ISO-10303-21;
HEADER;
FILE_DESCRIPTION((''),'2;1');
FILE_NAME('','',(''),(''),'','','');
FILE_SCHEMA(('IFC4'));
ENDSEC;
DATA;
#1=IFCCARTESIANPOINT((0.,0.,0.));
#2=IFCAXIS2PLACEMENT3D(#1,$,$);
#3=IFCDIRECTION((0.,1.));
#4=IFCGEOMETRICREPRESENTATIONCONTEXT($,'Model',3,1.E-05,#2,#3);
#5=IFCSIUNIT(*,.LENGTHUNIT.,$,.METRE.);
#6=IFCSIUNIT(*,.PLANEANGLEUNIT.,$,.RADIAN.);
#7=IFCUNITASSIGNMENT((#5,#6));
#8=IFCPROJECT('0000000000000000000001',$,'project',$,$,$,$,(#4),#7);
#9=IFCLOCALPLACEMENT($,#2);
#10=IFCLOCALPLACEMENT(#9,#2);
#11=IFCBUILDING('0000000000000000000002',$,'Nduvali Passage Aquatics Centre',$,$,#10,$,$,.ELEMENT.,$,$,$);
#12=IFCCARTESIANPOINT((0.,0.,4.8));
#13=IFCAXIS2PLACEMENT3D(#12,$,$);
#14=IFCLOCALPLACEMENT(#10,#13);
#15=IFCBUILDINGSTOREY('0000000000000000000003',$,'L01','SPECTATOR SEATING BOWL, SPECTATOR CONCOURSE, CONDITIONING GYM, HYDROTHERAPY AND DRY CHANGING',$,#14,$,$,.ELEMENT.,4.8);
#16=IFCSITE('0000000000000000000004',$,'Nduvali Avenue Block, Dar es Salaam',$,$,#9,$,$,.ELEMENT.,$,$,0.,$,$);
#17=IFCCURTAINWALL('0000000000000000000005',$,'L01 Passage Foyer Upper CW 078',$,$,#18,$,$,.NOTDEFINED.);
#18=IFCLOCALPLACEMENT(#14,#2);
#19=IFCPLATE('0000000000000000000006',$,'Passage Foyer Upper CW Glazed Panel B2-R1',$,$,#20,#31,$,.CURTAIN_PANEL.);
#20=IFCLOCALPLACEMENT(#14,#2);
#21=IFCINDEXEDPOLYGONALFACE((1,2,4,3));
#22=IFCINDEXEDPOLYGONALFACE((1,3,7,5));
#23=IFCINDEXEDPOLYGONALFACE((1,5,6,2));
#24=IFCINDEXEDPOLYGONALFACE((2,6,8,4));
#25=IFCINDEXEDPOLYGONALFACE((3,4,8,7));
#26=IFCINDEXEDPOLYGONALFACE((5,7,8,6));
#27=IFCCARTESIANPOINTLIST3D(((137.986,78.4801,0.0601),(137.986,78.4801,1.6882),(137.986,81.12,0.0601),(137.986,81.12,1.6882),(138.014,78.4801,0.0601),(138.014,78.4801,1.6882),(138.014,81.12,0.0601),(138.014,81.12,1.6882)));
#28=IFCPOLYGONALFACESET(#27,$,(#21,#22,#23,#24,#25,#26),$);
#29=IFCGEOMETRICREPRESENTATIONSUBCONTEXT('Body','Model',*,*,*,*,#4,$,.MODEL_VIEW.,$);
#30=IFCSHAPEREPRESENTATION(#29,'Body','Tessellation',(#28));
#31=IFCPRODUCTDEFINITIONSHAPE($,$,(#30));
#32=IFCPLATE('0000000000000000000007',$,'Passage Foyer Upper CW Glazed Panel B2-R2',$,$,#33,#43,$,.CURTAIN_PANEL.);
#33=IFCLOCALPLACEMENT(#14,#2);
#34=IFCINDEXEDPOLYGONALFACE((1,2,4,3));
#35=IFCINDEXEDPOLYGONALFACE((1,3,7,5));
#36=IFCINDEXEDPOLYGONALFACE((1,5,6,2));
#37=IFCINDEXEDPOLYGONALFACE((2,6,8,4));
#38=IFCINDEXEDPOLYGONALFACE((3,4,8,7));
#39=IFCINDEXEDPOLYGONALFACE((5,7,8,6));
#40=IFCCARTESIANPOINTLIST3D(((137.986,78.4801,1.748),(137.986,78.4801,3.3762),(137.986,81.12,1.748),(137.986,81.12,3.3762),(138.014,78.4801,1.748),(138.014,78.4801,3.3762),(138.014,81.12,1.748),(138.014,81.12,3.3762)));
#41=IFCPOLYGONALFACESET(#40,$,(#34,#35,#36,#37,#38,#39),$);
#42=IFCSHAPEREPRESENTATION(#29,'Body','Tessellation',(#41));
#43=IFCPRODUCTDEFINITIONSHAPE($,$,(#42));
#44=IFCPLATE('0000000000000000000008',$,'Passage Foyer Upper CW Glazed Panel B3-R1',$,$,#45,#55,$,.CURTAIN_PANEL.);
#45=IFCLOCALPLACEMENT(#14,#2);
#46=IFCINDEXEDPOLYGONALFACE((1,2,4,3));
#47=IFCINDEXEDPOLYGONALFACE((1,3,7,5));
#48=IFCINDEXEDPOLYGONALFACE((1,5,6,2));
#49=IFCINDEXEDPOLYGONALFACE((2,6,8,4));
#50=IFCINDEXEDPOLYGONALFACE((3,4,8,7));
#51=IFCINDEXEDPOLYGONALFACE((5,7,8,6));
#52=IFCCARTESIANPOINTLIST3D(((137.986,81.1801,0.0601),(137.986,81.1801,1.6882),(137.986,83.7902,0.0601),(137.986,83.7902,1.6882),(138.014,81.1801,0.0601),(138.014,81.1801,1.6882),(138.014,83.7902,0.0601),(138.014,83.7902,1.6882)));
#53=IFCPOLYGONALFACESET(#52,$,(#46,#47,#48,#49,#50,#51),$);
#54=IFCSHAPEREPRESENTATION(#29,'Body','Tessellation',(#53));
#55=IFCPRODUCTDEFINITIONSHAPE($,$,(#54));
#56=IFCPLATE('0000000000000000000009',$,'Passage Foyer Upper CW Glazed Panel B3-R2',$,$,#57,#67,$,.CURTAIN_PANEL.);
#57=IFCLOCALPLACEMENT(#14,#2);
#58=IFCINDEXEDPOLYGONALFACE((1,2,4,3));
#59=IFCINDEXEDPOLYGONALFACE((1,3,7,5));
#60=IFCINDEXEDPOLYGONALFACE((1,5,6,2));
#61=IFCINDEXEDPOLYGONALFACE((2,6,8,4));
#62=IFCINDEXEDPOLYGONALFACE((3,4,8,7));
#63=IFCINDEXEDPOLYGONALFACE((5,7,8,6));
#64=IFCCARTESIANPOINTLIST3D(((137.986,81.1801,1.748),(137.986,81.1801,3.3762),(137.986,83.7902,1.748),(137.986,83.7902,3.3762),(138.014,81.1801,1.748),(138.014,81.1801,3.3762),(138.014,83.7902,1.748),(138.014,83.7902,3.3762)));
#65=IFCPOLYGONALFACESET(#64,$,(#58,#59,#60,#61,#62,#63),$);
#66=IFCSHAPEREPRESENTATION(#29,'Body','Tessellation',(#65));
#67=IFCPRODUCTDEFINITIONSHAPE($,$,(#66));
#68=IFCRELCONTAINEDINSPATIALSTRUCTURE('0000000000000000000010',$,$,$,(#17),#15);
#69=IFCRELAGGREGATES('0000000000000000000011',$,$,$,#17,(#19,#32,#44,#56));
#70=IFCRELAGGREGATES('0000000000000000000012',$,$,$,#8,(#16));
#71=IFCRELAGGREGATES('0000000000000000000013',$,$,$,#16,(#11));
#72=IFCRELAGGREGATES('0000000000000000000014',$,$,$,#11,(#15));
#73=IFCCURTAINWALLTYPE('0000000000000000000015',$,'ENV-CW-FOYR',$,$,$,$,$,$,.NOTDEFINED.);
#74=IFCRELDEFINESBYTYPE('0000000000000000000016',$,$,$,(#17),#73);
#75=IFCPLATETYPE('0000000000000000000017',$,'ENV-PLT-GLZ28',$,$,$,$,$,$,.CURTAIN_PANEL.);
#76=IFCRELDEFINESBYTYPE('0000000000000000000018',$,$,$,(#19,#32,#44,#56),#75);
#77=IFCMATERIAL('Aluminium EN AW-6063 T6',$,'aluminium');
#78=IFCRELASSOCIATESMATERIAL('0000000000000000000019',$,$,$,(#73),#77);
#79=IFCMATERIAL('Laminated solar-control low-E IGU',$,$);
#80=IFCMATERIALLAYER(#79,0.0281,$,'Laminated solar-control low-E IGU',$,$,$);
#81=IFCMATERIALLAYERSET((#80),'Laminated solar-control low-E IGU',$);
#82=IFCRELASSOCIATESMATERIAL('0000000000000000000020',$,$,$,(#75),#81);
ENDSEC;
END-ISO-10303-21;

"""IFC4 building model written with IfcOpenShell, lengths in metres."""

from ifc_helpers import new_model, si_unit, direction, frame, origin, origin_2d, place, context, subcontext, project, spatial, rectangle, extrude, material, layer, layer_set, type_object, element, aggregate, save


model = new_model("IFC4")

# Units and contexts
model_context = context("Model", 3, precision=1e-05, world=origin(), true_north=direction((0.0, 1.0)))
body_context = subcontext(model_context, "Body", "Model", "MODEL_VIEW")
ifc_project = project(units=[si_unit("LENGTHUNIT", "METRE"), si_unit("PLANEANGLEUNIT", "RADIAN")], contexts=[model_context])

# Site, building, storey
site_placement = place(None, origin())
site = spatial("IfcSite", under=ifc_project, at=site_placement, Name="Nduvali Avenue Block, Dar es Salaam", CompositionType="ELEMENT", RefElevation=0.0)
building_placement = place(site_placement, origin())
building = spatial("IfcBuilding", under=site, at=building_placement, Name="Nduvali Passage Aquatics Centre", CompositionType="ELEMENT")
storey_placement = place(building_placement, frame((0.0, 0.0, 4.8)))
storey = spatial("IfcBuildingStorey", under=building, at=storey_placement, Name="L01", Description="SPECTATOR SEATING BOWL, SPECTATOR CONCOURSE, CONDITIONING GYM, HYDROTHERAPY AND DRY CHANGING", CompositionType="ELEMENT", Elevation=4.8)

# Curtain wall
ifc_material_1 = material(Name="Aluminium EN AW-6063 T6", Category="aluminium")
curtain_wall_type = type_object("IfcCurtainWallType", Name="ENV-CW-FOYR", PredefinedType="NOTDEFINED", material=ifc_material_1)
curtain_wall_placement = place(storey_placement, origin())
curtain_wall = element("IfcCurtainWall", 1, at=curtain_wall_placement, inside=storey, type_object=curtain_wall_type, Name="L01 Passage Foyer Upper CW 078", PredefinedType="NOTDEFINED")

# Plates
ifc_material_2 = material(Name="Laminated solar-control low-E IGU")
ifc_layer = layer(ifc_material_2, 0.0281, Name="Laminated solar-control low-E IGU")
ifc_layer_set = layer_set([ifc_layer], Name="Laminated solar-control low-E IGU")
plate_type = type_object("IfcPlateType", Name="ENV-PLT-GLZ28", PredefinedType="CURTAIN_PANEL", material=ifc_layer_set)
plate_1_placement = place(storey_placement, frame((138.0, 79.8, 0.0601), z_axis=(0.0, 0.0, 1.0), x_axis=(0.0, 1.0, 0.0)))
plate_1 = element("IfcPlate", 2, at=plate_1_placement, type_object=plate_type, Name="Passage Foyer Upper CW Glazed Panel B2-R1", PredefinedType="CURTAIN_PANEL", context=body_context, shape_type="SweptSolid", body=[
    extrude(rectangle(XDim=2.6399, YDim=0.0281, at=origin_2d()), origin(), (0.0, 0.0, 1.0), 1.6282),
])
plate_2_placement = place(storey_placement, frame((138.0, 79.8, 1.748), z_axis=(0.0, 0.0, 1.0), x_axis=(0.0, 1.0, 0.0)))
plate_2 = element("IfcPlate", 3, at=plate_2_placement, type_object=plate_type, Name="Passage Foyer Upper CW Glazed Panel B2-R2", PredefinedType="CURTAIN_PANEL", context=body_context, shape_type="SweptSolid", body=[
    extrude(rectangle(XDim=2.6399, YDim=0.0281, at=origin_2d()), origin(), (0.0, 0.0, 1.0), 1.6282),
])
plate_3_placement = place(storey_placement, frame((138.0, 82.4851, 0.0601), z_axis=(0.0, 0.0, 1.0), x_axis=(0.0, 1.0, 0.0)))
plate_3 = element("IfcPlate", 4, at=plate_3_placement, type_object=plate_type, Name="Passage Foyer Upper CW Glazed Panel B3-R1", PredefinedType="CURTAIN_PANEL", context=body_context, shape_type="SweptSolid", body=[
    extrude(rectangle(XDim=2.6101, YDim=0.0281, at=origin_2d()), origin(), (0.0, 0.0, 1.0), 1.6282),
])
plate_4_placement = place(storey_placement, frame((138.0, 82.4851, 1.748), z_axis=(0.0, 0.0, 1.0), x_axis=(0.0, 1.0, 0.0)))
plate_4 = element("IfcPlate", 5, at=plate_4_placement, type_object=plate_type, Name="Passage Foyer Upper CW Glazed Panel B3-R2", PredefinedType="CURTAIN_PANEL", context=body_context, shape_type="SweptSolid", body=[
    extrude(rectangle(XDim=2.6101, YDim=0.0281, at=origin_2d()), origin(), (0.0, 0.0, 1.0), 1.6282),
])
aggregate(curtain_wall, [plate_1, plate_2, plate_3, plate_4])

save(model, "model.ifc")
